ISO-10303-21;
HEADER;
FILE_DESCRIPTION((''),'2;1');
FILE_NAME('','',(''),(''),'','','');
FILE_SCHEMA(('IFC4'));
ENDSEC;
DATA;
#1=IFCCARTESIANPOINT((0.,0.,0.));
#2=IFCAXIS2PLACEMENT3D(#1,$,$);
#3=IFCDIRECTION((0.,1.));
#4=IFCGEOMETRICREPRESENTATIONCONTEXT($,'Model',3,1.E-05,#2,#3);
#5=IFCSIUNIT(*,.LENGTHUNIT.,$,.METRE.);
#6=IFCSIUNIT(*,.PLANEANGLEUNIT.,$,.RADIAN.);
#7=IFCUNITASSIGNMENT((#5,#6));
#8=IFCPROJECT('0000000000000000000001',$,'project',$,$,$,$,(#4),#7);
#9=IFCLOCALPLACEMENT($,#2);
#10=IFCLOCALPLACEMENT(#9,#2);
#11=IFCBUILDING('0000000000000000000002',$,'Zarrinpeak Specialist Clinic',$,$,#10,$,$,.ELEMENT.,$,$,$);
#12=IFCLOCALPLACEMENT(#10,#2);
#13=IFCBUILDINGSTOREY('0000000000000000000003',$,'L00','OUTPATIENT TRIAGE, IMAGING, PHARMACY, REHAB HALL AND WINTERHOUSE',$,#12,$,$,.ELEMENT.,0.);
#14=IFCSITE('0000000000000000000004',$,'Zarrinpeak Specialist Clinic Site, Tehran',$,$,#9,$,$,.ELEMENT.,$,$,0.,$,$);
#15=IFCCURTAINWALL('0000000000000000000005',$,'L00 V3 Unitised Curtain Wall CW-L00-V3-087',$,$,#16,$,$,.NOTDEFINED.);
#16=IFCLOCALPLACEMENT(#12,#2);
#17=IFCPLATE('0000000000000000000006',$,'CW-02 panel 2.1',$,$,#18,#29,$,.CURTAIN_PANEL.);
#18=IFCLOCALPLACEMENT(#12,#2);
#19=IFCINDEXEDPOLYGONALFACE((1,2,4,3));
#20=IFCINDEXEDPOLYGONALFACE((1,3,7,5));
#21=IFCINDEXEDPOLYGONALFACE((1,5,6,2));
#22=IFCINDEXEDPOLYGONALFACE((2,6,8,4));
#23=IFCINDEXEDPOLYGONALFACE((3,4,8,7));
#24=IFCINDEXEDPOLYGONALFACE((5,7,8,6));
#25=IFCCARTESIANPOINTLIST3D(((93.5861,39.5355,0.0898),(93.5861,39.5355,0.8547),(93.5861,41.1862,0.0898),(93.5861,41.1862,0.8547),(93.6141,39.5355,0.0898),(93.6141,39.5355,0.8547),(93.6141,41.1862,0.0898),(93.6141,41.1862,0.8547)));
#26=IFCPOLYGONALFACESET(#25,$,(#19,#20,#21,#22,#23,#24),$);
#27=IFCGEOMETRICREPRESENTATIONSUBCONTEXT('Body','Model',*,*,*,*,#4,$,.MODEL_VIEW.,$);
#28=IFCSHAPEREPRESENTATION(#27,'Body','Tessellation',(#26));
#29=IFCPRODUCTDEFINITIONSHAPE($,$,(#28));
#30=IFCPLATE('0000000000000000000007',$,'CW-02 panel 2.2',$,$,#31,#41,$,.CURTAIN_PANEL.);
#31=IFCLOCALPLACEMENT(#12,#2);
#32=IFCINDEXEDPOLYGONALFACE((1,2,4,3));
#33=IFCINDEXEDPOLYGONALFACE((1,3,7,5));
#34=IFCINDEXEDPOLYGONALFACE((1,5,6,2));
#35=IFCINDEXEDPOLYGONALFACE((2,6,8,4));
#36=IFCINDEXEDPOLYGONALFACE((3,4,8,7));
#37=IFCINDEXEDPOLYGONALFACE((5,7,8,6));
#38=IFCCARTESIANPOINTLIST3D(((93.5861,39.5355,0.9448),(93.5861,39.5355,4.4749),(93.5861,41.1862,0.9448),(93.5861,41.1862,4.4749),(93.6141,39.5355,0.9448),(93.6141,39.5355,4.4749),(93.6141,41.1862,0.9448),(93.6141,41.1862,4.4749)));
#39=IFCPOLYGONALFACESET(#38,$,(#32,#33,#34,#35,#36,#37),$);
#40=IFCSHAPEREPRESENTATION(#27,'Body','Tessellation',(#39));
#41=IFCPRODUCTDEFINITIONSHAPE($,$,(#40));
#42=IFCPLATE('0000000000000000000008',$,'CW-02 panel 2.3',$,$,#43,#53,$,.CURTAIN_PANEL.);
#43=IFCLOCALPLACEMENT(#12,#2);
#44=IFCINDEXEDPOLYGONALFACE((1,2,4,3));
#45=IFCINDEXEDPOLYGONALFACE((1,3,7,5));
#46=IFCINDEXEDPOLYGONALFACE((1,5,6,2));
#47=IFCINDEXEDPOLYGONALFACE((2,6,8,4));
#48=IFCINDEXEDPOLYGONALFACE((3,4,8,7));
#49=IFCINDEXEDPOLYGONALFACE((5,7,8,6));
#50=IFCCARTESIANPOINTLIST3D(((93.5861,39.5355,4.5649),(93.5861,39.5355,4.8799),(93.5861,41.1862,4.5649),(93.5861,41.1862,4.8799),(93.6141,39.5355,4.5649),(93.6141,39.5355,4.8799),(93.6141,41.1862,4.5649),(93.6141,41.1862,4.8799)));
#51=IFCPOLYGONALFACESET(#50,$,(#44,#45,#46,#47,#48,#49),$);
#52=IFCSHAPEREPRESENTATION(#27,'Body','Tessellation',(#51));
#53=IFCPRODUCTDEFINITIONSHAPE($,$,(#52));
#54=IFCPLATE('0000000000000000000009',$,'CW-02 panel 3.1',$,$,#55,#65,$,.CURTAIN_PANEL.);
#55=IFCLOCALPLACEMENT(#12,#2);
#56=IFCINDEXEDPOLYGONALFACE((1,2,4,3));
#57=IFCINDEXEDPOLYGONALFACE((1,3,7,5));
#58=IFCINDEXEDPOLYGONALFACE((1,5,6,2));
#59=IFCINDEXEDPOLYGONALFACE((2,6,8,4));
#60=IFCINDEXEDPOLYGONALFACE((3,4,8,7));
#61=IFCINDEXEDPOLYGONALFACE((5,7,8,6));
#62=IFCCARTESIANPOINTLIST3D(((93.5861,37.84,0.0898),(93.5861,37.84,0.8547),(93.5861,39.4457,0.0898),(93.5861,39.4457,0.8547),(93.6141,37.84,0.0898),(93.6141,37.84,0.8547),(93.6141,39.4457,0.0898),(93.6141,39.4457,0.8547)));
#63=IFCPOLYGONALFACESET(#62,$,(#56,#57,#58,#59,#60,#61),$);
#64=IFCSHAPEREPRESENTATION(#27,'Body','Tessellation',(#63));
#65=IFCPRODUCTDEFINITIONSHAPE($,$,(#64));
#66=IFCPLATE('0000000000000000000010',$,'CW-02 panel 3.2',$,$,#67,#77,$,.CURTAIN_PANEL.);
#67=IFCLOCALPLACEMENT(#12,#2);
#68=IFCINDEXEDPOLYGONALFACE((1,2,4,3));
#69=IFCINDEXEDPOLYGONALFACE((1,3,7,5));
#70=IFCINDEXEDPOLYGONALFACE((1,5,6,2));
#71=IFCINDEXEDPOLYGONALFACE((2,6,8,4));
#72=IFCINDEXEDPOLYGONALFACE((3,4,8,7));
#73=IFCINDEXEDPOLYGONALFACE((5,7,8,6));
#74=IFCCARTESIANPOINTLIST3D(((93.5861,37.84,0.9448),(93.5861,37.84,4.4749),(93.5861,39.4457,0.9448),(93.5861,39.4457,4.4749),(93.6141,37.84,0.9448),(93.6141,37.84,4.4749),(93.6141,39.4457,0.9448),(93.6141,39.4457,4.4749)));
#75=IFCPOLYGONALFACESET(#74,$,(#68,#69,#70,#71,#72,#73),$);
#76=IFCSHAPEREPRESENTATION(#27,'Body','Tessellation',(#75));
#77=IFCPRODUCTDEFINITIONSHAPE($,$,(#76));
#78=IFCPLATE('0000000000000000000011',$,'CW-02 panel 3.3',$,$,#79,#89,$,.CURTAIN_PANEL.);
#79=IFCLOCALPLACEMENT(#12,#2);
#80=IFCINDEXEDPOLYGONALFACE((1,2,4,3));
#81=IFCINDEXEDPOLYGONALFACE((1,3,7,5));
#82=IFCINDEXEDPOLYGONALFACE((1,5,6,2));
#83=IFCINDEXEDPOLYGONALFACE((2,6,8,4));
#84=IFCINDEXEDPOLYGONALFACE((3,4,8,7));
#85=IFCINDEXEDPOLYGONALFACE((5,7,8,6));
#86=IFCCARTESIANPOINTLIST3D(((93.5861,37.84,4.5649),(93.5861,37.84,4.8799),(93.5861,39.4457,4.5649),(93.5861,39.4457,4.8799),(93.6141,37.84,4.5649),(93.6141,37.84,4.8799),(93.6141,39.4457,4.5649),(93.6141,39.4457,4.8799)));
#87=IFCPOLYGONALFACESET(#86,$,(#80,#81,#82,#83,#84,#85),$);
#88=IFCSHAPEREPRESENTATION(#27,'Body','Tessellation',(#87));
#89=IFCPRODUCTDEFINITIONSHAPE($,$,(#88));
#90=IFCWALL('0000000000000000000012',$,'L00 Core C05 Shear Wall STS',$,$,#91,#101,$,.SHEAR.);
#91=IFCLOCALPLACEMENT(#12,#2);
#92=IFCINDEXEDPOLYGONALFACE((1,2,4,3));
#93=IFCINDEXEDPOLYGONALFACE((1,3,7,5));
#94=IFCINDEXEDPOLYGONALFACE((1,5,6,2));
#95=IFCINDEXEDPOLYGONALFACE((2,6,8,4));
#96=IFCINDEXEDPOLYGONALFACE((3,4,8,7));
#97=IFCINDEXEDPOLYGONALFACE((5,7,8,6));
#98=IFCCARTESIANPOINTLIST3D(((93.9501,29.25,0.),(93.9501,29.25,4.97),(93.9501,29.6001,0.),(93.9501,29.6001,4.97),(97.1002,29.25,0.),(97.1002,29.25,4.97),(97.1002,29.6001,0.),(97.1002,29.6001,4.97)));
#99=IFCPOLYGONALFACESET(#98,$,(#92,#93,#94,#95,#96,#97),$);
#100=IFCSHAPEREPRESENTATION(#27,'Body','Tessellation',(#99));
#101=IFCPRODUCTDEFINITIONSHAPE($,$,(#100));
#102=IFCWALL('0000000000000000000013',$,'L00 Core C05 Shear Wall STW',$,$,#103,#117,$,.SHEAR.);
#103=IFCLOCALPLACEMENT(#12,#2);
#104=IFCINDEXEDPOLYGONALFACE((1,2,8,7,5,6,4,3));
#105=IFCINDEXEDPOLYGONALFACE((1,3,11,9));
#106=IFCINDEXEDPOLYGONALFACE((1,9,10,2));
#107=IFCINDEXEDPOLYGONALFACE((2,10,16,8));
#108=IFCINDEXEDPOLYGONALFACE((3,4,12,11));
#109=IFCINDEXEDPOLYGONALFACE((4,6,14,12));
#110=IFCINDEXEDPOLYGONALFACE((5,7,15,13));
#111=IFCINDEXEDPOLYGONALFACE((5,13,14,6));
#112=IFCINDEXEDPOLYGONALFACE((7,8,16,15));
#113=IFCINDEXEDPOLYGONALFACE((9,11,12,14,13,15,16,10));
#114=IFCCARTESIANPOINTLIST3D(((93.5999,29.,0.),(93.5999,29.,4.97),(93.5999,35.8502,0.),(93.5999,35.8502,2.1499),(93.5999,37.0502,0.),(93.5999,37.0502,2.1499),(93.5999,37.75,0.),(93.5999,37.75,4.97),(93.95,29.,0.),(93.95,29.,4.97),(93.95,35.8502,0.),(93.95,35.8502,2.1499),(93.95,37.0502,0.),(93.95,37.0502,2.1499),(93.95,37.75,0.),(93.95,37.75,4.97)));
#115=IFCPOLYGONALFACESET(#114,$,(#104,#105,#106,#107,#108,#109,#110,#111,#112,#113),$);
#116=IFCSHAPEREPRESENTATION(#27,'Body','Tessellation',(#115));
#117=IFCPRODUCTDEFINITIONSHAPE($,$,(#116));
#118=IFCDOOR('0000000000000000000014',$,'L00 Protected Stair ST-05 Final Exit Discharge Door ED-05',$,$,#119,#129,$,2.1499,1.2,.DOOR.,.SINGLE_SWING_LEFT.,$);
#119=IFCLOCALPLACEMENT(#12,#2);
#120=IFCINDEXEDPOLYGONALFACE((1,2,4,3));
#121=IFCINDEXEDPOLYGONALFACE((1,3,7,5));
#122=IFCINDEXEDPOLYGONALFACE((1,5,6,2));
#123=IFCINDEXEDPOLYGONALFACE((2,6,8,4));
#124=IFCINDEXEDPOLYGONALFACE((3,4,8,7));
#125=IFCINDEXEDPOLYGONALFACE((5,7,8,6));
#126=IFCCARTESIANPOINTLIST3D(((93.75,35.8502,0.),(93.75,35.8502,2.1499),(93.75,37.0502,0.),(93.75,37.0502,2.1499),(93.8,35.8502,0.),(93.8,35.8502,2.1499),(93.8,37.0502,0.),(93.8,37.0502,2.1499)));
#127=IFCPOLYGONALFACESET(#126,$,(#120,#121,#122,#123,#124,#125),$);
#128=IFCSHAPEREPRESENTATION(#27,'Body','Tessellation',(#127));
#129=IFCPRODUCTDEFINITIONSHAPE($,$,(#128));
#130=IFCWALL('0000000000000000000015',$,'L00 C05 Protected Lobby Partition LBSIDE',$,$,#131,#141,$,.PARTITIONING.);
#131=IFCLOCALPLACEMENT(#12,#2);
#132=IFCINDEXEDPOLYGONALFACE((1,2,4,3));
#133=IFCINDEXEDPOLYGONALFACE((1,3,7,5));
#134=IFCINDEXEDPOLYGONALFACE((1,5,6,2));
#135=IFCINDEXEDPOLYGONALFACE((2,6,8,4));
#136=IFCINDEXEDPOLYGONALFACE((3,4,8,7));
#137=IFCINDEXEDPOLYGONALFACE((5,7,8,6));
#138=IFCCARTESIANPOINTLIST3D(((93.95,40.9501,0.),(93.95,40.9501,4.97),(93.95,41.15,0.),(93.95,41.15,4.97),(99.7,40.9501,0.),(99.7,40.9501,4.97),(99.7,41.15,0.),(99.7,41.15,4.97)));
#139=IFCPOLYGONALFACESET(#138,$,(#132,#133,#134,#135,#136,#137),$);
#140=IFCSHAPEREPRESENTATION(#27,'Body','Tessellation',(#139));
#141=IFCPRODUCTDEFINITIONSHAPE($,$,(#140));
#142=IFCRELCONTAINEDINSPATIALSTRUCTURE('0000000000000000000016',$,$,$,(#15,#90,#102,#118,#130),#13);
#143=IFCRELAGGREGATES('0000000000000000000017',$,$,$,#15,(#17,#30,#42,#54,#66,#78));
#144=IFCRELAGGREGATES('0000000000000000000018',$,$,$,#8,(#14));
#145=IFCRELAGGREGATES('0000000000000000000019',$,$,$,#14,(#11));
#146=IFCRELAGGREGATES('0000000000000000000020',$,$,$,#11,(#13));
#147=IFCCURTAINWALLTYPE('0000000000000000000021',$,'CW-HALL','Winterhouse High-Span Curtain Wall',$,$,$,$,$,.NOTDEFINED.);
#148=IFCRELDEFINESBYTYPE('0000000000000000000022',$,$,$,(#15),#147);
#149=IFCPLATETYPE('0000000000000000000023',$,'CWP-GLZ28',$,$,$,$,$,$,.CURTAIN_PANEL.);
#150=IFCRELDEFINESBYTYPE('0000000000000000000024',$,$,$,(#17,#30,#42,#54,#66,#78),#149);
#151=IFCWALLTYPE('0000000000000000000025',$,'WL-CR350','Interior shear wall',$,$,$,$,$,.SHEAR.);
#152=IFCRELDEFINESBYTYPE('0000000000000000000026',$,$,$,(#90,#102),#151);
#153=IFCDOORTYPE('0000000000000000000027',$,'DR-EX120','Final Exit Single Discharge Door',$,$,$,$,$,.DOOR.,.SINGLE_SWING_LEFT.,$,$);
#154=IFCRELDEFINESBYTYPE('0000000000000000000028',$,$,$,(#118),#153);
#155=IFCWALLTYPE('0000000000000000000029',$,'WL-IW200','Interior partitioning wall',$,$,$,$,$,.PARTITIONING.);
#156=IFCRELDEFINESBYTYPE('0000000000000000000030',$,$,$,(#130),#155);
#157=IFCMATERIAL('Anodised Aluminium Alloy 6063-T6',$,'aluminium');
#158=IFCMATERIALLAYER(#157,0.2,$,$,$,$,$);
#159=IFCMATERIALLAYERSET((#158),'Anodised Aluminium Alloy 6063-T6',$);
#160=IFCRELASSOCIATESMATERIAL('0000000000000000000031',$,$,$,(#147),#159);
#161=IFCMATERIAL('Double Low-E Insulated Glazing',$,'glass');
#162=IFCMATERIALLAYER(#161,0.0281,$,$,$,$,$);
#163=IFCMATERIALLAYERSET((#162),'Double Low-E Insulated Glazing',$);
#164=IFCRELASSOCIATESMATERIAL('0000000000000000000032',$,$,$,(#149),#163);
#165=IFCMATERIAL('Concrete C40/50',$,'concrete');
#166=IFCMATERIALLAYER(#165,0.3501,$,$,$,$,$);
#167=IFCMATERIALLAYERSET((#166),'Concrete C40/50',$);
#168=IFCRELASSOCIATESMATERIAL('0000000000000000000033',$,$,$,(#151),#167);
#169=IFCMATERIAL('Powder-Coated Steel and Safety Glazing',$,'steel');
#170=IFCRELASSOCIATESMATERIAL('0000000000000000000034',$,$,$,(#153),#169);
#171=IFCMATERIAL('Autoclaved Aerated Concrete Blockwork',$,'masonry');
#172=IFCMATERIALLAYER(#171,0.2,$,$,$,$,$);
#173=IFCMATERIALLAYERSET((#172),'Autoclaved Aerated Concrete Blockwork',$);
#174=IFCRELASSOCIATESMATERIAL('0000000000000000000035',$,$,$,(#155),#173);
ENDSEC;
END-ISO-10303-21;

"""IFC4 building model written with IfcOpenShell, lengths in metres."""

from ifc_helpers import new_model, si_unit, direction, frame, frame_2d, origin, origin_2d, place, context, subcontext, project, spatial, rectangle, extrude, material, layer, layer_set, type_object, element, fill, aggregate, save


model = new_model("IFC4")

# Units and contexts
model_context = context("Model", 3, precision=1e-05, world=origin(), true_north=direction((0.0, 1.0)))
body_context = subcontext(model_context, "Body", "Model", "MODEL_VIEW")
ifc_project = project(units=[si_unit("LENGTHUNIT", "METRE"), si_unit("PLANEANGLEUNIT", "RADIAN")], contexts=[model_context])

# Site, building, storey
site_placement = place(None, origin())
site = spatial("IfcSite", under=ifc_project, at=site_placement, Name="Zarrinpeak Specialist Clinic Site, Tehran", CompositionType="ELEMENT", RefElevation=0.0)
building_placement = place(site_placement, origin())
building = spatial("IfcBuilding", under=site, at=building_placement, Name="Zarrinpeak Specialist Clinic", CompositionType="ELEMENT")
storey_placement = place(building_placement, origin())
storey = spatial("IfcBuildingStorey", under=building, at=storey_placement, Name="L00", Description="OUTPATIENT TRIAGE, IMAGING, PHARMACY, REHAB HALL AND WINTERHOUSE", CompositionType="ELEMENT", Elevation=0.0)

# Shared definitions
ifc_material_1 = material(Name="Anodised Aluminium Alloy 6063-T6", Category="aluminium")
ifc_layer_1 = layer(ifc_material_1, 0.2)
ifc_layer_set_1 = layer_set([ifc_layer_1], Name="Anodised Aluminium Alloy 6063-T6")
curtain_wall_type = type_object("IfcCurtainWallType", Name="CW-HALL", Description="Winterhouse High-Span Curtain Wall", PredefinedType="NOTDEFINED", material=ifc_layer_set_1)

# Curtain wall
curtain_wall_1_placement = place(storey_placement, origin())
curtain_wall_1 = element("IfcCurtainWall", 1, at=curtain_wall_1_placement, inside=storey, type_object=curtain_wall_type, Name="L00 V3 Unitised Curtain Wall CW-L00-V3-087", PredefinedType="NOTDEFINED")

# Plates
ifc_material_2 = material(Name="Double Low-E Insulated Glazing", Category="glass")
ifc_layer_2 = layer(ifc_material_2, 0.0281)
ifc_layer_set_2 = layer_set([ifc_layer_2], Name="Double Low-E Insulated Glazing")
plate_type = type_object("IfcPlateType", Name="CWP-GLZ28", PredefinedType="CURTAIN_PANEL", material=ifc_layer_set_2)
plate_1_placement = place(storey_placement, frame((93.6001, 40.3608, 0.0898), z_axis=(0.0, 0.0, 1.0), x_axis=(0.0, -1.0, 0.0)))
plate_1 = element("IfcPlate", 2, at=plate_1_placement, type_object=plate_type, Name="CW-02 panel 2.1", PredefinedType="CURTAIN_PANEL", context=body_context, shape_type="SweptSolid", body=[
    extrude(rectangle(XDim=1.6506, YDim=0.0281, at=origin_2d()), origin(), (0.0, 0.0, 1.0), 0.7649),
])
plate_2_placement = place(storey_placement, frame((93.6001, 40.3608, 0.9448), z_axis=(0.0, 0.0, 1.0), x_axis=(0.0, -1.0, 0.0)))
plate_2 = element("IfcPlate", 3, at=plate_2_placement, type_object=plate_type, Name="CW-02 panel 2.2", PredefinedType="CURTAIN_PANEL", context=body_context, shape_type="SweptSolid", body=[
    extrude(rectangle(XDim=1.6506, YDim=0.0281, at=origin_2d()), origin(), (0.0, 0.0, 1.0), 3.53),
])
plate_3_placement = place(storey_placement, frame((93.6001, 40.3608, 4.5649), z_axis=(0.0, 0.0, 1.0), x_axis=(0.0, -1.0, 0.0)))
plate_3 = element("IfcPlate", 4, at=plate_3_placement, type_object=plate_type, Name="CW-02 panel 2.3", PredefinedType="CURTAIN_PANEL", context=body_context, shape_type="SweptSolid", body=[
    extrude(rectangle(XDim=1.6506, YDim=0.0281, at=origin_2d()), origin(), (0.0, 0.0, 1.0), 0.3149),
])
plate_4_placement = place(storey_placement, frame((93.6001, 38.6428, 0.0898), z_axis=(0.0, 0.0, 1.0), x_axis=(0.0, -1.0, 0.0)))
plate_4 = element("IfcPlate", 5, at=plate_4_placement, type_object=plate_type, Name="CW-02 panel 3.1", PredefinedType="CURTAIN_PANEL", context=body_context, shape_type="SweptSolid", body=[
    extrude(rectangle(XDim=1.6057, YDim=0.0281, at=origin_2d()), origin(), (0.0, 0.0, 1.0), 0.7649),
])
plate_5_placement = place(storey_placement, frame((93.6001, 38.6428, 0.9448), z_axis=(0.0, 0.0, 1.0), x_axis=(0.0, -1.0, 0.0)))
plate_5 = element("IfcPlate", 6, at=plate_5_placement, type_object=plate_type, Name="CW-02 panel 3.2", PredefinedType="CURTAIN_PANEL", context=body_context, shape_type="SweptSolid", body=[
    extrude(rectangle(XDim=1.6057, YDim=0.0281, at=origin_2d()), origin(), (0.0, 0.0, 1.0), 3.53),
])
plate_6_placement = place(storey_placement, frame((93.6001, 38.6428, 4.5649), z_axis=(0.0, 0.0, 1.0), x_axis=(0.0, -1.0, 0.0)))
plate_6 = element("IfcPlate", 7, at=plate_6_placement, type_object=plate_type, Name="CW-02 panel 3.3", PredefinedType="CURTAIN_PANEL", context=body_context, shape_type="SweptSolid", body=[
    extrude(rectangle(XDim=1.6057, YDim=0.0281, at=origin_2d()), origin(), (0.0, 0.0, 1.0), 0.3149),
])
aggregate(curtain_wall_1, [plate_1, plate_2, plate_3, plate_4, plate_5, plate_6])

# Wall
ifc_material_3 = material(Name="Concrete C40/50", Category="concrete")
ifc_layer_3 = layer(ifc_material_3, 0.3501)
ifc_layer_set_3 = layer_set([ifc_layer_3], Name="Concrete C40/50")
wall_type_1 = type_object("IfcWallType", Name="WL-CR350", Description="Interior shear wall", PredefinedType="SHEAR", material=ifc_layer_set_3)
wall_1_placement = place(storey_placement, frame((93.95, 29.425, 0.0), z_axis=(0.0, 0.0, 1.0), x_axis=(1.0, 0.0, 0.0)))
element("IfcWall", 8, at=wall_1_placement, inside=storey, type_object=wall_type_1, Name="L00 Core C05 Shear Wall STS", PredefinedType="SHEAR", context=body_context, shape_type="SweptSolid", body=[
    extrude(rectangle(XDim=3.1501, YDim=0.3501, at=frame_2d((1.5752, 0.0))), origin(), (0.0, 0.0, 1.0), 4.97),
])

# Wall, opening, door
wall_2_placement = place(storey_placement, frame((93.7749, 29.0, 0.0), z_axis=(0.0, 0.0, 1.0), x_axis=(0.0, 1.0, 0.0)))
wall_2 = element("IfcWall", 9, at=wall_2_placement, inside=storey, type_object=wall_type_1, Name="L00 Core C05 Shear Wall STW", PredefinedType="SHEAR", context=body_context, shape_type="SweptSolid", body=[
    extrude(rectangle(XDim=8.75, YDim=0.3501, at=frame_2d((4.375, 0.0))), origin(), (0.0, 0.0, 1.0), 4.97),
])
opening_1_placement = place(wall_2_placement, frame((6.8501, 0.0, 0.0)))
opening_1 = element("IfcOpeningElement", 10, at=opening_1_placement, cuts=wall_2, PredefinedType="OPENING", context=body_context, shape_type="SweptSolid", body=[
    extrude(rectangle(XDim=1.2, YDim=2.1499, at=frame_2d((0.6001, 1.075))), frame((0.0, 0.1851, 0.0), z_axis=(0.0, -1.0, 0.0), x_axis=(1.0, 0.0, 0.0)), (0.0, 0.0, 1.0), 0.3701),
])
ifc_material_4 = material(Name="Powder-Coated Steel and Safety Glazing", Category="steel")
door_type_1 = type_object("IfcDoorType", Name="DR-EX120", Description="Final Exit Single Discharge Door", OperationType="SINGLE_SWING_LEFT", PredefinedType="DOOR", material=ifc_material_4)
door_1_placement = place(opening_1_placement, origin())
door_1 = element("IfcDoor", 11, at=door_1_placement, inside=storey, type_object=door_type_1, Name="L00 Protected Stair ST-05 Final Exit Discharge Door ED-05", OperationType="SINGLE_SWING_LEFT", OverallHeight=2.1499, OverallWidth=1.2, PredefinedType="DOOR", context=body_context, shape_type="SweptSolid", body=[
    extrude(rectangle(XDim=1.2, YDim=2.1499, at=frame_2d((0.6001, 1.075))), frame((0.0, 0.0249, 0.0), z_axis=(0.0, -1.0, 0.0), x_axis=(1.0, 0.0, 0.0)), (0.0, 0.0, 1.0), 0.05),
])
fill(opening_1, door_1)

# Wall
ifc_material_5 = material(Name="Autoclaved Aerated Concrete Blockwork", Category="masonry")
ifc_layer_4 = layer(ifc_material_5, 0.2)
ifc_layer_set_4 = layer_set([ifc_layer_4], Name="Autoclaved Aerated Concrete Blockwork")
wall_type_2 = type_object("IfcWallType", Name="WL-IW200", Description="Interior partitioning wall", PredefinedType="PARTITIONING", material=ifc_layer_set_4)
wall_3_placement = place(storey_placement, frame((93.95, 41.05, 0.0), z_axis=(0.0, 0.0, 1.0), x_axis=(1.0, 0.0, 0.0)))
element("IfcWall", 12, at=wall_3_placement, inside=storey, type_object=wall_type_2, Name="L00 C05 Protected Lobby Partition LBSIDE", PredefinedType="PARTITIONING", context=body_context, shape_type="SweptSolid", body=[
    extrude(rectangle(XDim=5.75, YDim=0.2, at=frame_2d((2.875, 0.0))), origin(), (0.0, 0.0, 1.0), 4.97),
])

save(model, "model.ifc")
